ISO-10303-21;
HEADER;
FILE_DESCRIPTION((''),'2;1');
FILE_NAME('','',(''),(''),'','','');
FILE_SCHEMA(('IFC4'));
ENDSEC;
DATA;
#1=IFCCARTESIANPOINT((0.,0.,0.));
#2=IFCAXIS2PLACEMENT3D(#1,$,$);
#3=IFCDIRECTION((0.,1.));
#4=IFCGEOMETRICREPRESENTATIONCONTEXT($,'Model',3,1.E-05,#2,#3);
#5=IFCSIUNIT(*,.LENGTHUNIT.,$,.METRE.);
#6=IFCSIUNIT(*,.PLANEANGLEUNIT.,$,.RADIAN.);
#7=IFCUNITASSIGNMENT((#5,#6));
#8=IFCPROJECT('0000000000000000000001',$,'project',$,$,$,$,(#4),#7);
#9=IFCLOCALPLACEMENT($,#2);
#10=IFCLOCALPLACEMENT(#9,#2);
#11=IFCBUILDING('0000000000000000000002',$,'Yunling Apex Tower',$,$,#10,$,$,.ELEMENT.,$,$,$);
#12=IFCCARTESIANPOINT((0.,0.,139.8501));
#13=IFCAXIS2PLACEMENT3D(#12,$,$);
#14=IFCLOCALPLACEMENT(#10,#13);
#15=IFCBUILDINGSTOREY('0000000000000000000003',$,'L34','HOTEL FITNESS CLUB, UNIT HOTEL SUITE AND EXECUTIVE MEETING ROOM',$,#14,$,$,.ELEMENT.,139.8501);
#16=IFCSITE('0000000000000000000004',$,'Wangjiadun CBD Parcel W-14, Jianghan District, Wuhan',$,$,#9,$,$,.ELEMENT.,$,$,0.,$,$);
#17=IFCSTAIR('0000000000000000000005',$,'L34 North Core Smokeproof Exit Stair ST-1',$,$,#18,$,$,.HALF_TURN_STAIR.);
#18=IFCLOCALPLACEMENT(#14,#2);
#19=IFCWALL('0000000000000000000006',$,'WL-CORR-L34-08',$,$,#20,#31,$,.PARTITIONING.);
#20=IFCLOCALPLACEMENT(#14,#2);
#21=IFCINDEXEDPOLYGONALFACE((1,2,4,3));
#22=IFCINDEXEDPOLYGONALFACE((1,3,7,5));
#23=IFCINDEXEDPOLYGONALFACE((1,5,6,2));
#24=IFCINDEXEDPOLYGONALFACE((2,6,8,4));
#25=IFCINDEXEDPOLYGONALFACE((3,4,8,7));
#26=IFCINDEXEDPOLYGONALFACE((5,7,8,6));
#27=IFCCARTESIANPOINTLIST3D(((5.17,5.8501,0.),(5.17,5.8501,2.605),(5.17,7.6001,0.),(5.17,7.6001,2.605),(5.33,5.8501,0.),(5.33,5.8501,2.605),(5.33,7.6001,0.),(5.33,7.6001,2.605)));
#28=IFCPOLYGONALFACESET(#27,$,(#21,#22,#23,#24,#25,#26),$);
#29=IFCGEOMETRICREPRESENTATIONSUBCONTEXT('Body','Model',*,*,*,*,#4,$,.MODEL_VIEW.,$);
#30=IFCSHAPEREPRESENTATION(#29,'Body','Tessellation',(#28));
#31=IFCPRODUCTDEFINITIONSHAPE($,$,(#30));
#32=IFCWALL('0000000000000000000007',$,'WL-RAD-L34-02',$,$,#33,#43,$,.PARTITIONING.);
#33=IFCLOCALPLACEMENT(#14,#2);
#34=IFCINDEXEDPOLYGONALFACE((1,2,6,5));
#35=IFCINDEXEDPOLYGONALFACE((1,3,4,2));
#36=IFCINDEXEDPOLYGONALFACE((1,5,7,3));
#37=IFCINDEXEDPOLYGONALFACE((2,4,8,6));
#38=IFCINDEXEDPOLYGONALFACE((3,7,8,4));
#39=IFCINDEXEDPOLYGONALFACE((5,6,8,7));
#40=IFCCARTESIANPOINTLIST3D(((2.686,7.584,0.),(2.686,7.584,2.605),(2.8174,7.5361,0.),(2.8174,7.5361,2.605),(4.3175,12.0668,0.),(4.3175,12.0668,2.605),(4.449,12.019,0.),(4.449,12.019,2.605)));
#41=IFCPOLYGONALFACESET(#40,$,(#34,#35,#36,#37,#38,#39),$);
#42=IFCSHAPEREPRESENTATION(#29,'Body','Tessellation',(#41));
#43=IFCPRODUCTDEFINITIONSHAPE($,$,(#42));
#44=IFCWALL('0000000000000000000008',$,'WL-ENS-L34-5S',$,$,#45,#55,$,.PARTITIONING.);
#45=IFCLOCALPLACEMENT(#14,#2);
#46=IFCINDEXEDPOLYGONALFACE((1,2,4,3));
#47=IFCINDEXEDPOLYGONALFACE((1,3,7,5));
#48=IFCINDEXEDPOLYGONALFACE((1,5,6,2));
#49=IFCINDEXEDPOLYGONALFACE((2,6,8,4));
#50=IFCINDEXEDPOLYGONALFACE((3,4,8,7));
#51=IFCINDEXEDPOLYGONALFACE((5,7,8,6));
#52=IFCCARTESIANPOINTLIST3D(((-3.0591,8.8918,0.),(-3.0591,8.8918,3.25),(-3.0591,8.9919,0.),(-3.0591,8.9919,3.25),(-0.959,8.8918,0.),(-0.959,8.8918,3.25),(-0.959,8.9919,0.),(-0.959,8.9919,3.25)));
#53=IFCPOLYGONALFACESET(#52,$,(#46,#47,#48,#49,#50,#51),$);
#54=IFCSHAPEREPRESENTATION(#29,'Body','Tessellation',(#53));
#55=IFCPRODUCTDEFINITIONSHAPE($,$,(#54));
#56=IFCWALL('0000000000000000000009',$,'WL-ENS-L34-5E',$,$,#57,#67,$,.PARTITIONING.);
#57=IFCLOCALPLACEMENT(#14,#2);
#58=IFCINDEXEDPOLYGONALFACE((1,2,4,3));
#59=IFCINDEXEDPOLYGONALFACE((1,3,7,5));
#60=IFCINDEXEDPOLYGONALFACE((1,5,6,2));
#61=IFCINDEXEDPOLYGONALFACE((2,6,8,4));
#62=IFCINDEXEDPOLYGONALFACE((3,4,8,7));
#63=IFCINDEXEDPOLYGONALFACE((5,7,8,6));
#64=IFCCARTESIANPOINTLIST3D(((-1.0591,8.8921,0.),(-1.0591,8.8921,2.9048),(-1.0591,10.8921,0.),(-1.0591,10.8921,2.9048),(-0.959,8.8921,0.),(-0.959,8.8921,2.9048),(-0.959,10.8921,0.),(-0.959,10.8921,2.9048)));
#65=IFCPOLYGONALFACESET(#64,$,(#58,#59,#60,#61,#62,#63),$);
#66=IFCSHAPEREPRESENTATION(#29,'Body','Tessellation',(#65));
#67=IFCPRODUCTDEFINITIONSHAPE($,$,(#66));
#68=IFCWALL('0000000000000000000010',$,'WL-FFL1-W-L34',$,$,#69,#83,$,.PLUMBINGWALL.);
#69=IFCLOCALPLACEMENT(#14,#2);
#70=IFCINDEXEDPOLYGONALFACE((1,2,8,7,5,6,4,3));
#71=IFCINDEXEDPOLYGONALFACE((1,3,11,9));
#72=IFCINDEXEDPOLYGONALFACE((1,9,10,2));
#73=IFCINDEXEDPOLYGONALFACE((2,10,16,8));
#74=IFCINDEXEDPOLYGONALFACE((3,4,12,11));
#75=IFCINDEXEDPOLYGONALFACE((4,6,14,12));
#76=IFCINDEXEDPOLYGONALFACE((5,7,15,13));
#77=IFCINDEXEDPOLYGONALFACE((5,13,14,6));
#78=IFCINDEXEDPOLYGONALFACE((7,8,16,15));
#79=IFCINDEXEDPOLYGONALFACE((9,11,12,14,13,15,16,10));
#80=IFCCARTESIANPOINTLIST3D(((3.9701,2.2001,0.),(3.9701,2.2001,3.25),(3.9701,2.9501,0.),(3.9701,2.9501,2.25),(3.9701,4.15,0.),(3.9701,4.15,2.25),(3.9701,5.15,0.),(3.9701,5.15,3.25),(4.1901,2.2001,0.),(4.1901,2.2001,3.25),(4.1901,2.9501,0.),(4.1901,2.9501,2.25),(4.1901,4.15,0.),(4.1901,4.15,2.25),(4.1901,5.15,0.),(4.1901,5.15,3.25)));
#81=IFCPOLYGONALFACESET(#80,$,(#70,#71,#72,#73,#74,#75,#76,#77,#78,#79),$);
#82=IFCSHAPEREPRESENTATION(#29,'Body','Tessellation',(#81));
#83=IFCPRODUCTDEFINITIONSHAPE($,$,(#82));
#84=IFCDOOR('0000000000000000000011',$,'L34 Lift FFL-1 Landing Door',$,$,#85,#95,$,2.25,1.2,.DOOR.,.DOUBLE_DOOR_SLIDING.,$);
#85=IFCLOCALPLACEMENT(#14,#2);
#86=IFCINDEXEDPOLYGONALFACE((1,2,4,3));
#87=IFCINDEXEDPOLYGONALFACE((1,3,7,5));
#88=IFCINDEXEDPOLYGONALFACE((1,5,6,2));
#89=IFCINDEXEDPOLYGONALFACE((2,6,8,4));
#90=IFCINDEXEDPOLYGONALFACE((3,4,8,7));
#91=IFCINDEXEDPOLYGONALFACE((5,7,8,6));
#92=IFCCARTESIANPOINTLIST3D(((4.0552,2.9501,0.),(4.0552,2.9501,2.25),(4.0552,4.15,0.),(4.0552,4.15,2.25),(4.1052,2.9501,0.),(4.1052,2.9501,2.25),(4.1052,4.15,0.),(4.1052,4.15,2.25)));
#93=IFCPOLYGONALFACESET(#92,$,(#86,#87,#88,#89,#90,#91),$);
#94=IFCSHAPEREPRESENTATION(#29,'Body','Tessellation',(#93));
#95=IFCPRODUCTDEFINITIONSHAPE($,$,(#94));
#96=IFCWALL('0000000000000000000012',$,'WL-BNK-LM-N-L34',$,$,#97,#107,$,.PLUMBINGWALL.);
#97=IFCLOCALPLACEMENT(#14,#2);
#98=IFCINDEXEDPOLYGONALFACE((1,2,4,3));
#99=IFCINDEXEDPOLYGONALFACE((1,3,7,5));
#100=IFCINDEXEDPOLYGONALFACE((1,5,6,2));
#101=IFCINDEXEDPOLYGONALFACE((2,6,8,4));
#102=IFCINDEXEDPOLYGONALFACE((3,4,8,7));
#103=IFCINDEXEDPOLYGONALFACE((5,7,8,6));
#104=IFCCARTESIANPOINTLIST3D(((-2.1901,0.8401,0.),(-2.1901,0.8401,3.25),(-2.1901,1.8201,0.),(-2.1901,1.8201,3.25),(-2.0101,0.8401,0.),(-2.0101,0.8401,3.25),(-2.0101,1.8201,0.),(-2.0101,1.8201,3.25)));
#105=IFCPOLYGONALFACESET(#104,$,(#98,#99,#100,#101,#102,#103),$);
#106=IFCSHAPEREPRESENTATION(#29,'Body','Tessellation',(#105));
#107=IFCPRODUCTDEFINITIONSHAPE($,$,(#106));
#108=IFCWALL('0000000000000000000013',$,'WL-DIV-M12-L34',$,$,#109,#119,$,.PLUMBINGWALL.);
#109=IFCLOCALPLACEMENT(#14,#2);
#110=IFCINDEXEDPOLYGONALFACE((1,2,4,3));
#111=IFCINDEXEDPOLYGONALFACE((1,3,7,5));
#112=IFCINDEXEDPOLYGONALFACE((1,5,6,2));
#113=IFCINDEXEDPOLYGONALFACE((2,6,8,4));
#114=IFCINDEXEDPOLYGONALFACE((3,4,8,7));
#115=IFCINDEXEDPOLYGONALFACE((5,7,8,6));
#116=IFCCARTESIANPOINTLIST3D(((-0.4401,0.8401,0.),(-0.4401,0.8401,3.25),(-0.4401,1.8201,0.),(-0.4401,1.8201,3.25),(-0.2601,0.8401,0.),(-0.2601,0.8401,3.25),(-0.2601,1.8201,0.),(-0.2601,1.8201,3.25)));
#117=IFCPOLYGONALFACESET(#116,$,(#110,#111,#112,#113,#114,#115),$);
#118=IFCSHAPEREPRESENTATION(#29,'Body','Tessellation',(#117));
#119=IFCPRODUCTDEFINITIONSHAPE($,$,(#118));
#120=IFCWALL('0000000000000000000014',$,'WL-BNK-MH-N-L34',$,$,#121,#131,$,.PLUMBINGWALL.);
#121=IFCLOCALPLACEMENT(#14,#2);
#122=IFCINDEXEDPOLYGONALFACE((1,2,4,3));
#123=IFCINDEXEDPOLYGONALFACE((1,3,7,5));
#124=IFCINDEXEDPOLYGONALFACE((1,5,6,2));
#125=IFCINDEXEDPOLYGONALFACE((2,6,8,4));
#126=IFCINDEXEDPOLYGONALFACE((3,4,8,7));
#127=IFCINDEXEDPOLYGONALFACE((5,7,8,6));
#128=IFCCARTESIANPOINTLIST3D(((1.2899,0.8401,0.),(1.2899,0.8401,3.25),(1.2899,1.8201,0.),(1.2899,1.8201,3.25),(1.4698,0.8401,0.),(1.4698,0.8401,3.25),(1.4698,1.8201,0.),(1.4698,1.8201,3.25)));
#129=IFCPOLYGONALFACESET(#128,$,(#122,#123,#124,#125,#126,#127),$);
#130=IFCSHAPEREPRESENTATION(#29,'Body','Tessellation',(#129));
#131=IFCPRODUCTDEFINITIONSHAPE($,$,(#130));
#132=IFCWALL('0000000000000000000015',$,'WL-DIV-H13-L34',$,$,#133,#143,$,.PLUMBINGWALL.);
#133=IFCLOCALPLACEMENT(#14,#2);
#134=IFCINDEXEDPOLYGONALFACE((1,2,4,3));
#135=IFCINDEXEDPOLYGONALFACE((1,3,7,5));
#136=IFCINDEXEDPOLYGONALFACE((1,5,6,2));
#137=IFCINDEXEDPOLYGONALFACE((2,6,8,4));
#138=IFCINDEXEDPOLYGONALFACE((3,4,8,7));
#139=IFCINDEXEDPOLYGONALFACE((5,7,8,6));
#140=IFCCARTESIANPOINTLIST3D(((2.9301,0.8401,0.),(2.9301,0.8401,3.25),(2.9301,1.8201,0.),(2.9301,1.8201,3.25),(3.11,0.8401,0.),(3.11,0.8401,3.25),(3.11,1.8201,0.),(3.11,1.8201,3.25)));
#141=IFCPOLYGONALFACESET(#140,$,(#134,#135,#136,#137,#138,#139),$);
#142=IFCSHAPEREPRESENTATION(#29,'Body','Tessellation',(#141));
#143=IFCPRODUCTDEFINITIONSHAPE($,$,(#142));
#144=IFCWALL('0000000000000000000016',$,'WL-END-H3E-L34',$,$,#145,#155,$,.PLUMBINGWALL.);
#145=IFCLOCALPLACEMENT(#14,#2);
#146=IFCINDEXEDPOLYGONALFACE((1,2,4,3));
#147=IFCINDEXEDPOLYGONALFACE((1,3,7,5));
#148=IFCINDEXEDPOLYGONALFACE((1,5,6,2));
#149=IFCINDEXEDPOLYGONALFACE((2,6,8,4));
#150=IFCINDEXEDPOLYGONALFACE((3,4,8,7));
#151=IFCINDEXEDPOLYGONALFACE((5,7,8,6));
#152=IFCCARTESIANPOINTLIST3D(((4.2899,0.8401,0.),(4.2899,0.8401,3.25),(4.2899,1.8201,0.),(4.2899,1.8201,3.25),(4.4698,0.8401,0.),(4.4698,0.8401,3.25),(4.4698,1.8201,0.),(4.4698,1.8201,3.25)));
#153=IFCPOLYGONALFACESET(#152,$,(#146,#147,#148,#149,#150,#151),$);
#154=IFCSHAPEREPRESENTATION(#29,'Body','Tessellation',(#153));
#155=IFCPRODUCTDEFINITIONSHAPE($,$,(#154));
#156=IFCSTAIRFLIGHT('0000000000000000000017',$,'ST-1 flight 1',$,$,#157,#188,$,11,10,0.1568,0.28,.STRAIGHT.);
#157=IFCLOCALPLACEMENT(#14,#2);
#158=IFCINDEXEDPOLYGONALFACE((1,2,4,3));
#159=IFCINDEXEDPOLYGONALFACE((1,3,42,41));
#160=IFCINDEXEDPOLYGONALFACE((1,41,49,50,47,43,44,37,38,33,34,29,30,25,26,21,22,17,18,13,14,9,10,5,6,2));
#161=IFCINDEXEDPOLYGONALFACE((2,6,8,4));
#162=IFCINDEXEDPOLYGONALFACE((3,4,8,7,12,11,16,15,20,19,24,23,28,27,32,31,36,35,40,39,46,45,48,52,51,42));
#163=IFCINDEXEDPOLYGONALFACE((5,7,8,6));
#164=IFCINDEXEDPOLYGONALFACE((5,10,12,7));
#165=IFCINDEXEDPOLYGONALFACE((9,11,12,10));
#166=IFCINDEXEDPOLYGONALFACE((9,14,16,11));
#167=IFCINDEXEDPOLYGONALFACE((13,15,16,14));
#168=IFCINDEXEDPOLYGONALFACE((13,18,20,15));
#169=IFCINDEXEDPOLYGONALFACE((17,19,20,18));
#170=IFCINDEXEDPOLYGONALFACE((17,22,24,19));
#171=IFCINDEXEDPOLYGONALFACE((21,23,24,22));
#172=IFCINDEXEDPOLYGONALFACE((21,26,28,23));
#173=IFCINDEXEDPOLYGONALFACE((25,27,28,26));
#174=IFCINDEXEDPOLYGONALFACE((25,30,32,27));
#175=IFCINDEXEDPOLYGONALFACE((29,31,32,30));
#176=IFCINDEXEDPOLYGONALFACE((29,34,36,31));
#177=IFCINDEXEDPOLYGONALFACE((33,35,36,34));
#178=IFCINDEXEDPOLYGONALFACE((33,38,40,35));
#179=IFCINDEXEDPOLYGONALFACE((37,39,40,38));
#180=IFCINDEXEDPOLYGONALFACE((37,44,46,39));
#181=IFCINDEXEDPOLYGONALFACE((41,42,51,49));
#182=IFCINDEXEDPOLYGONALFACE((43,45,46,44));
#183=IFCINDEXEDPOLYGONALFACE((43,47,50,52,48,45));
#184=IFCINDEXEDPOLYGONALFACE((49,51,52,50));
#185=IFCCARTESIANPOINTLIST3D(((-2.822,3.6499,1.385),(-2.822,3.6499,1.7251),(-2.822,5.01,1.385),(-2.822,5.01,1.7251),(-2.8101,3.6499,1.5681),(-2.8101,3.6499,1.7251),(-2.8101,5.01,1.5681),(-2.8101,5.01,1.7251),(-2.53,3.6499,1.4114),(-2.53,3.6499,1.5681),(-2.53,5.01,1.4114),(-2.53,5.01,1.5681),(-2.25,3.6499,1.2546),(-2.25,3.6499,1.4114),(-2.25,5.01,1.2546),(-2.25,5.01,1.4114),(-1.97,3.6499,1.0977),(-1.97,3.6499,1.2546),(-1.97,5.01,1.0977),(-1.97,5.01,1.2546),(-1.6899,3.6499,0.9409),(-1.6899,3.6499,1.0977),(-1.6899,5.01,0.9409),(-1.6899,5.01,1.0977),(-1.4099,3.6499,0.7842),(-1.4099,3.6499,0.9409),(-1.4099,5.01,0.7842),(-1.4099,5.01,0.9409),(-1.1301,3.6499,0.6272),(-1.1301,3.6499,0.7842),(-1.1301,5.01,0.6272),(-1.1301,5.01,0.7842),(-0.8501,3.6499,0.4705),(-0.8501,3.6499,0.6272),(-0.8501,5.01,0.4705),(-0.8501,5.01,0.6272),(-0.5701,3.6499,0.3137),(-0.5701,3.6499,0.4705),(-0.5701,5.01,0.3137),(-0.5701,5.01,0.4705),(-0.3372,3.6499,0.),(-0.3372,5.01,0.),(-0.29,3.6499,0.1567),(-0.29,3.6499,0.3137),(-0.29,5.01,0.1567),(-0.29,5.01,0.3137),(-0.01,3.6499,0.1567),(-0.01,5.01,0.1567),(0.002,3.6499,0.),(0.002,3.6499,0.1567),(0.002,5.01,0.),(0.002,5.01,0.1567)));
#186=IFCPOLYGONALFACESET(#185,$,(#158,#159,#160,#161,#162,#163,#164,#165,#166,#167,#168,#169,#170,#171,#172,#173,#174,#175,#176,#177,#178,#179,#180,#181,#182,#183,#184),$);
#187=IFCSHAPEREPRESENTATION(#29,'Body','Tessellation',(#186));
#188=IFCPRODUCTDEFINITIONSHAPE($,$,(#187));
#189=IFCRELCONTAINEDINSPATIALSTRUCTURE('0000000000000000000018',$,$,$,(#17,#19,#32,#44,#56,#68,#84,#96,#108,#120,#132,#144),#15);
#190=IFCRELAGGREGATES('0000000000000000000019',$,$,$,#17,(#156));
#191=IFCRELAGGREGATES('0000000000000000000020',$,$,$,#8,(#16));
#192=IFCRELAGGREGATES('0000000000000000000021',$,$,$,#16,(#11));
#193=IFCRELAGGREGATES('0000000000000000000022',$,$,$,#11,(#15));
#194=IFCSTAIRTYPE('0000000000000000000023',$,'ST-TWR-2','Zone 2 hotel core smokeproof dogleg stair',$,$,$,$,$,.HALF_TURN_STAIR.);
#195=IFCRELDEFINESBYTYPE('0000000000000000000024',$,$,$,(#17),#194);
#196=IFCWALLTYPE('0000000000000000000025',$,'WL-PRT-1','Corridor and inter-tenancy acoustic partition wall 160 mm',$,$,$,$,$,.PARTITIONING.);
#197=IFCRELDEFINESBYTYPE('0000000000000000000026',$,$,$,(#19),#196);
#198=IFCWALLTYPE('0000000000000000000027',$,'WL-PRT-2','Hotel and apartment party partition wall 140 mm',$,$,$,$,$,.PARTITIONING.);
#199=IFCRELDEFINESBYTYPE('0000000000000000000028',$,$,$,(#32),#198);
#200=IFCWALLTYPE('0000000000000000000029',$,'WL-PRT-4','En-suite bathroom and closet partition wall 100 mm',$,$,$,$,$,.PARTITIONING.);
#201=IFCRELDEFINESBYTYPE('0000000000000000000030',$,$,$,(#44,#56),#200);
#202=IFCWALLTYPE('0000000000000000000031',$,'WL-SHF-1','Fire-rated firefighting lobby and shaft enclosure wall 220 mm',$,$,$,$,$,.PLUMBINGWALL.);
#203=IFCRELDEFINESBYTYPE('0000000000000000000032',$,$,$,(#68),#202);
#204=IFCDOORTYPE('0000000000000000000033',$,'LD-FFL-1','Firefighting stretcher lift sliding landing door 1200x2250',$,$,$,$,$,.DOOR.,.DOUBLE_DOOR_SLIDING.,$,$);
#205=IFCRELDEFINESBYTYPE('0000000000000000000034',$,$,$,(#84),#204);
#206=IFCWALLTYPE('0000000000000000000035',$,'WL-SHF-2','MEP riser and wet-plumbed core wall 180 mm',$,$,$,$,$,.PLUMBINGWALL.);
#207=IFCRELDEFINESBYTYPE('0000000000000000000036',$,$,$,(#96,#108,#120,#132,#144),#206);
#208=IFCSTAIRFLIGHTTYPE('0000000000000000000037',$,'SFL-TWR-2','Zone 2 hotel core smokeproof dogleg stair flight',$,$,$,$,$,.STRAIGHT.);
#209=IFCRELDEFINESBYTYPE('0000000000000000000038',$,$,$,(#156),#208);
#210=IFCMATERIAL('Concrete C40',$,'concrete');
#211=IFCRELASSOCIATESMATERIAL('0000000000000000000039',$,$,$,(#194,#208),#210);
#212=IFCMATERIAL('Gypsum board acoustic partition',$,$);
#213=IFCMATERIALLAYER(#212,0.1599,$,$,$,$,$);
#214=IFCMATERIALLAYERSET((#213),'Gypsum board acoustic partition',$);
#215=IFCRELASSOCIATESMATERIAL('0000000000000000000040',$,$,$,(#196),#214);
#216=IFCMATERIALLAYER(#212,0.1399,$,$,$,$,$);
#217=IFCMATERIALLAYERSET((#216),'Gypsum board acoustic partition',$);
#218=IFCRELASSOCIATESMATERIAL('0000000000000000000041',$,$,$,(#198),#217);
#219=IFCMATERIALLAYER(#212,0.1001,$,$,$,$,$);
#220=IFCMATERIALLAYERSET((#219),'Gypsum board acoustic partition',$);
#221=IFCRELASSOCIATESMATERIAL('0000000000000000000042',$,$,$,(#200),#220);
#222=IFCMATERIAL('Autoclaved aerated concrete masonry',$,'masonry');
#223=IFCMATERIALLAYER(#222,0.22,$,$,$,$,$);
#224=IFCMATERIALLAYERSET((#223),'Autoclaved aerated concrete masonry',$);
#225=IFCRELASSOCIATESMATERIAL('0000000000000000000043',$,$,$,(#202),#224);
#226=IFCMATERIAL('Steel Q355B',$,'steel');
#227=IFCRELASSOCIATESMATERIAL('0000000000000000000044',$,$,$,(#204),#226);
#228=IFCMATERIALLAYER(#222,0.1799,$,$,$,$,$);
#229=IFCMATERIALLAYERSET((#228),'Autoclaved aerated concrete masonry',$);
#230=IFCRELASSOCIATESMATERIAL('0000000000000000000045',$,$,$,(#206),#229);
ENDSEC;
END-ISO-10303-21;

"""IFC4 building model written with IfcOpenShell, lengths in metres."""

from ifc_helpers import new_model, si_unit, direction, frame, frame_2d, origin, place, context, subcontext, project, spatial, polyline, rectangle, outline, extrude, material, layer, layer_set, type_object, element, fill, aggregate, save


model = new_model("IFC4")

# Units and contexts
model_context = context("Model", 3, precision=1e-05, world=origin(), true_north=direction((0.0, 1.0)))
body_context = subcontext(model_context, "Body", "Model", "MODEL_VIEW")
ifc_project = project(units=[si_unit("LENGTHUNIT", "METRE"), si_unit("PLANEANGLEUNIT", "RADIAN")], contexts=[model_context])

# Site, building, storey
site_placement = place(None, origin())
site = spatial("IfcSite", under=ifc_project, at=site_placement, Name="Wangjiadun CBD Parcel W-14, Jianghan District, Wuhan", CompositionType="ELEMENT", RefElevation=0.0)
building_placement = place(site_placement, origin())
building = spatial("IfcBuilding", under=site, at=building_placement, Name="Yunling Apex Tower", CompositionType="ELEMENT")
storey_placement = place(building_placement, frame((0.0, 0.0, 139.8501)))
storey = spatial("IfcBuildingStorey", under=building, at=storey_placement, Name="L34", Description="HOTEL FITNESS CLUB, UNIT HOTEL SUITE AND EXECUTIVE MEETING ROOM", CompositionType="ELEMENT", Elevation=139.8501)

# Shared definitions
ifc_material_1 = material(Name="Steel Q355B", Category="steel")

# Shared definitions
ifc_material_2 = material(Name="Concrete C40", Category="concrete")

# Stair
stair_type = type_object("IfcStairType", Name="ST-TWR-2", Description="Zone 2 hotel core smokeproof dogleg stair", PredefinedType="HALF_TURN_STAIR", material=ifc_material_2)
stair_1_placement = place(storey_placement, origin())
stair_1 = element("IfcStair", 1, at=stair_1_placement, inside=storey, type_object=stair_type, Name="L34 North Core Smokeproof Exit Stair ST-1", PredefinedType="HALF_TURN_STAIR")

# Walls
ifc_material_3 = material(Name="Gypsum board acoustic partition")
ifc_layer_1 = layer(ifc_material_3, 0.1599)
ifc_layer_set_1 = layer_set([ifc_layer_1], Name="Gypsum board acoustic partition")
wall_type_1 = type_object("IfcWallType", Name="WL-PRT-1", Description="Corridor and inter-tenancy acoustic partition wall 160 mm", PredefinedType="PARTITIONING", material=ifc_layer_set_1)
wall_1_placement = place(storey_placement, frame((5.25, 7.6001, 0.0), z_axis=(0.0, 0.0, 1.0), x_axis=(0.0, -1.0, 0.0)))
element("IfcWall", 2, at=wall_1_placement, inside=storey, type_object=wall_type_1, Name="WL-CORR-L34-08", PredefinedType="PARTITIONING", context=body_context, shape_type="SweptSolid", body=[
    extrude(rectangle(XDim=1.75, YDim=0.1599, at=frame_2d((0.875, 0.0))), origin(), (0.0, 0.0, 1.0), 2.605),
])
ifc_layer_2 = layer(ifc_material_3, 0.1399)
ifc_layer_set_2 = layer_set([ifc_layer_2], Name="Gypsum board acoustic partition")
wall_type_2 = type_object("IfcWallType", Name="WL-PRT-2", Description="Hotel and apartment party partition wall 140 mm", PredefinedType="PARTITIONING", material=ifc_layer_set_2)
wall_2_placement = place(storey_placement, frame((2.7517, 7.5601, 0.0), z_axis=(0.0, 0.0, 1.0), x_axis=(0.34201, 0.939696, 0.0)))
element("IfcWall", 3, at=wall_2_placement, inside=storey, type_object=wall_type_2, Name="WL-RAD-L34-02", PredefinedType="PARTITIONING", context=body_context, shape_type="SweptSolid", body=[
    extrude(rectangle(XDim=4.7705, YDim=0.1399, at=frame_2d((2.3853, 0.0))), origin(), (0.0, 0.0, 1.0), 2.605),
])
ifc_layer_3 = layer(ifc_material_3, 0.1001)
ifc_layer_set_3 = layer_set([ifc_layer_3], Name="Gypsum board acoustic partition")
wall_type_3 = type_object("IfcWallType", Name="WL-PRT-4", Description="En-suite bathroom and closet partition wall 100 mm", PredefinedType="PARTITIONING", material=ifc_layer_set_3)
wall_3_placement = place(storey_placement, frame((-0.959, 8.9419, 0.0), z_axis=(0.0, 0.0, 1.0), x_axis=(-1.0, 0.0, 0.0)))
element("IfcWall", 4, at=wall_3_placement, inside=storey, type_object=wall_type_3, Name="WL-ENS-L34-5S", PredefinedType="PARTITIONING", context=body_context, shape_type="SweptSolid", body=[
    extrude(rectangle(XDim=2.1001, YDim=0.1001, at=frame_2d((1.05, 0.0))), origin(), (0.0, 0.0, 1.0), 3.25),
])
wall_4_placement = place(storey_placement, frame((-1.009, 10.8921, 0.0), z_axis=(0.0, 0.0, 1.0), x_axis=(0.0, -1.0, 0.0)))
element("IfcWall", 5, at=wall_4_placement, inside=storey, type_object=wall_type_3, Name="WL-ENS-L34-5E", PredefinedType="PARTITIONING", context=body_context, shape_type="SweptSolid", body=[
    extrude(rectangle(XDim=2.0, YDim=0.1001, at=frame_2d((1.0, 0.0))), origin(), (0.0, 0.0, 1.0), 2.9048),
])

# Wall, opening, door
ifc_material_4 = material(Name="Autoclaved aerated concrete masonry", Category="masonry")
ifc_layer_4 = layer(ifc_material_4, 0.22)
ifc_layer_set_4 = layer_set([ifc_layer_4], Name="Autoclaved aerated concrete masonry")
wall_type_4 = type_object("IfcWallType", Name="WL-SHF-1", Description="Fire-rated firefighting lobby and shaft enclosure wall 220 mm", PredefinedType="PLUMBINGWALL", material=ifc_layer_set_4)
wall_5_placement = place(storey_placement, frame((4.0801, 2.2, 0.0), z_axis=(0.0, 0.0, 1.0), x_axis=(0.0, 1.0, 0.0)))
wall_5 = element("IfcWall", 6, at=wall_5_placement, inside=storey, type_object=wall_type_4, Name="WL-FFL1-W-L34", PredefinedType="PLUMBINGWALL", context=body_context, shape_type="SweptSolid", body=[
    extrude(rectangle(XDim=2.95, YDim=0.22, at=frame_2d((1.4751, 0.0))), origin(), (0.0, 0.0, 1.0), 3.25),
])
opening_1_placement = place(wall_5_placement, frame((0.75, 0.0, 0.0)))
opening_1 = element("IfcOpeningElement", 7, at=opening_1_placement, cuts=wall_5, PredefinedType="OPENING", context=body_context, shape_type="SweptSolid", body=[
    extrude(rectangle(XDim=1.2, YDim=2.25, at=frame_2d((0.6001, 1.125))), frame((0.0, 0.1201, 0.0), z_axis=(0.0, -1.0, 0.0), x_axis=(1.0, 0.0, 0.0)), (0.0, 0.0, 1.0), 0.24),
])
door_type_1 = type_object("IfcDoorType", Name="LD-FFL-1", Description="Firefighting stretcher lift sliding landing door 1200x2250", OperationType="DOUBLE_DOOR_SLIDING", PredefinedType="DOOR", material=ifc_material_1)
door_1_placement = place(opening_1_placement, origin())
door_1 = element("IfcDoor", 8, at=door_1_placement, inside=storey, type_object=door_type_1, Name="L34 Lift FFL-1 Landing Door", OperationType="DOUBLE_DOOR_SLIDING", OverallHeight=2.25, OverallWidth=1.2, PredefinedType="DOOR", context=body_context, shape_type="SweptSolid", body=[
    extrude(rectangle(XDim=1.2, YDim=2.25, at=frame_2d((0.6001, 1.125))), frame((0.0, 0.0249, 0.0), z_axis=(0.0, -1.0, 0.0), x_axis=(1.0, 0.0, 0.0)), (0.0, 0.0, 1.0), 0.05),
])
fill(opening_1, door_1)

# Walls
ifc_layer_5 = layer(ifc_material_4, 0.1799)
ifc_layer_set_5 = layer_set([ifc_layer_5], Name="Autoclaved aerated concrete masonry")
wall_type_5 = type_object("IfcWallType", Name="WL-SHF-2", Description="MEP riser and wet-plumbed core wall 180 mm", PredefinedType="PLUMBINGWALL", material=ifc_layer_set_5)
for number, where, z_axis, x_axis, name in (
    (9, (-2.1001, 0.8401, 0.0), (0.0, 0.0, 1.0), (0.0, 1.0, 0.0), "WL-BNK-LM-N-L34"),
    (10, (-0.3501, 0.8401, 0.0), (0.0, 0.0, 1.0), (0.0, 1.0, 0.0), "WL-DIV-M12-L34"),
    (11, (1.3799, 0.8401, 0.0), (0.0, 0.0, 1.0), (0.0, 1.0, 0.0), "WL-BNK-MH-N-L34"),
    (12, (3.02, 0.8401, 0.0), (0.0, 0.0, 1.0), (0.0, 1.0, 0.0), "WL-DIV-H13-L34"),
    (13, (4.3799, 0.8401, 0.0), (0.0, 0.0, 1.0), (0.0, 1.0, 0.0), "WL-END-H3E-L34"),
):
    element("IfcWall", number, at=place(storey_placement, frame(where, z_axis=z_axis, x_axis=x_axis)), inside=storey, type_object=wall_type_5, Name=name, PredefinedType="PLUMBINGWALL", context=body_context, shape_type="SweptSolid", body=[
        extrude(rectangle(XDim=0.98, YDim=0.1799, at=frame_2d((0.49, 0.0))), origin(), (0.0, 0.0, 1.0), 3.25),
    ])

# Stair flight
stair_flight_type = type_object("IfcStairFlightType", Name="SFL-TWR-2", Description="Zone 2 hotel core smokeproof dogleg stair flight", PredefinedType="STRAIGHT", material=ifc_material_2)
stair_flight_placement = place(storey_placement, frame((-0.01, 4.3301, 0.0), z_axis=(0.0, 0.0, 1.0), x_axis=(-1.0, 0.0, 0.0)))
stair_flight = element("IfcStairFlight", 14, at=stair_flight_placement, type_object=stair_flight_type, Name="ST-1 flight 1", NumberOfRisers=11, NumberOfTreads=10, PredefinedType="STRAIGHT", RiserHeight=0.1568, TreadLength=0.28, context=body_context, shape_type="SweptSolid", body=[
    extrude(outline(polyline([(-0.012, 0.0), (-0.012, 0.1567), (0.0, 0.1567), (0.28, 0.1567), (0.28, 0.3137), (0.5601, 0.3137), (0.5601, 0.4705), (0.8401, 0.4705), (0.8401, 0.6272), (1.1201, 0.6272), (1.1201, 0.7842), (1.3999, 0.7842), (1.3999, 0.9409), (1.6799, 0.9409), (1.6799, 1.0977), (1.96, 1.0977), (1.96, 1.2546), (2.24, 1.2546), (2.24, 1.4114), (2.52, 1.4114), (2.52, 1.5681), (2.8, 1.5681), (2.8, 1.7251), (2.812, 1.7251), (2.812, 1.385), (0.3271, 0.0), (-0.012, 0.0)])), frame((0.0, 0.6802, 0.0), z_axis=(0.0, -1.0, 0.0), x_axis=(1.0, 0.0, 0.0)), (0.0, 0.0, 1.0), 1.3601),
])
aggregate(stair_1, [stair_flight])

save(model, "model.ifc")
